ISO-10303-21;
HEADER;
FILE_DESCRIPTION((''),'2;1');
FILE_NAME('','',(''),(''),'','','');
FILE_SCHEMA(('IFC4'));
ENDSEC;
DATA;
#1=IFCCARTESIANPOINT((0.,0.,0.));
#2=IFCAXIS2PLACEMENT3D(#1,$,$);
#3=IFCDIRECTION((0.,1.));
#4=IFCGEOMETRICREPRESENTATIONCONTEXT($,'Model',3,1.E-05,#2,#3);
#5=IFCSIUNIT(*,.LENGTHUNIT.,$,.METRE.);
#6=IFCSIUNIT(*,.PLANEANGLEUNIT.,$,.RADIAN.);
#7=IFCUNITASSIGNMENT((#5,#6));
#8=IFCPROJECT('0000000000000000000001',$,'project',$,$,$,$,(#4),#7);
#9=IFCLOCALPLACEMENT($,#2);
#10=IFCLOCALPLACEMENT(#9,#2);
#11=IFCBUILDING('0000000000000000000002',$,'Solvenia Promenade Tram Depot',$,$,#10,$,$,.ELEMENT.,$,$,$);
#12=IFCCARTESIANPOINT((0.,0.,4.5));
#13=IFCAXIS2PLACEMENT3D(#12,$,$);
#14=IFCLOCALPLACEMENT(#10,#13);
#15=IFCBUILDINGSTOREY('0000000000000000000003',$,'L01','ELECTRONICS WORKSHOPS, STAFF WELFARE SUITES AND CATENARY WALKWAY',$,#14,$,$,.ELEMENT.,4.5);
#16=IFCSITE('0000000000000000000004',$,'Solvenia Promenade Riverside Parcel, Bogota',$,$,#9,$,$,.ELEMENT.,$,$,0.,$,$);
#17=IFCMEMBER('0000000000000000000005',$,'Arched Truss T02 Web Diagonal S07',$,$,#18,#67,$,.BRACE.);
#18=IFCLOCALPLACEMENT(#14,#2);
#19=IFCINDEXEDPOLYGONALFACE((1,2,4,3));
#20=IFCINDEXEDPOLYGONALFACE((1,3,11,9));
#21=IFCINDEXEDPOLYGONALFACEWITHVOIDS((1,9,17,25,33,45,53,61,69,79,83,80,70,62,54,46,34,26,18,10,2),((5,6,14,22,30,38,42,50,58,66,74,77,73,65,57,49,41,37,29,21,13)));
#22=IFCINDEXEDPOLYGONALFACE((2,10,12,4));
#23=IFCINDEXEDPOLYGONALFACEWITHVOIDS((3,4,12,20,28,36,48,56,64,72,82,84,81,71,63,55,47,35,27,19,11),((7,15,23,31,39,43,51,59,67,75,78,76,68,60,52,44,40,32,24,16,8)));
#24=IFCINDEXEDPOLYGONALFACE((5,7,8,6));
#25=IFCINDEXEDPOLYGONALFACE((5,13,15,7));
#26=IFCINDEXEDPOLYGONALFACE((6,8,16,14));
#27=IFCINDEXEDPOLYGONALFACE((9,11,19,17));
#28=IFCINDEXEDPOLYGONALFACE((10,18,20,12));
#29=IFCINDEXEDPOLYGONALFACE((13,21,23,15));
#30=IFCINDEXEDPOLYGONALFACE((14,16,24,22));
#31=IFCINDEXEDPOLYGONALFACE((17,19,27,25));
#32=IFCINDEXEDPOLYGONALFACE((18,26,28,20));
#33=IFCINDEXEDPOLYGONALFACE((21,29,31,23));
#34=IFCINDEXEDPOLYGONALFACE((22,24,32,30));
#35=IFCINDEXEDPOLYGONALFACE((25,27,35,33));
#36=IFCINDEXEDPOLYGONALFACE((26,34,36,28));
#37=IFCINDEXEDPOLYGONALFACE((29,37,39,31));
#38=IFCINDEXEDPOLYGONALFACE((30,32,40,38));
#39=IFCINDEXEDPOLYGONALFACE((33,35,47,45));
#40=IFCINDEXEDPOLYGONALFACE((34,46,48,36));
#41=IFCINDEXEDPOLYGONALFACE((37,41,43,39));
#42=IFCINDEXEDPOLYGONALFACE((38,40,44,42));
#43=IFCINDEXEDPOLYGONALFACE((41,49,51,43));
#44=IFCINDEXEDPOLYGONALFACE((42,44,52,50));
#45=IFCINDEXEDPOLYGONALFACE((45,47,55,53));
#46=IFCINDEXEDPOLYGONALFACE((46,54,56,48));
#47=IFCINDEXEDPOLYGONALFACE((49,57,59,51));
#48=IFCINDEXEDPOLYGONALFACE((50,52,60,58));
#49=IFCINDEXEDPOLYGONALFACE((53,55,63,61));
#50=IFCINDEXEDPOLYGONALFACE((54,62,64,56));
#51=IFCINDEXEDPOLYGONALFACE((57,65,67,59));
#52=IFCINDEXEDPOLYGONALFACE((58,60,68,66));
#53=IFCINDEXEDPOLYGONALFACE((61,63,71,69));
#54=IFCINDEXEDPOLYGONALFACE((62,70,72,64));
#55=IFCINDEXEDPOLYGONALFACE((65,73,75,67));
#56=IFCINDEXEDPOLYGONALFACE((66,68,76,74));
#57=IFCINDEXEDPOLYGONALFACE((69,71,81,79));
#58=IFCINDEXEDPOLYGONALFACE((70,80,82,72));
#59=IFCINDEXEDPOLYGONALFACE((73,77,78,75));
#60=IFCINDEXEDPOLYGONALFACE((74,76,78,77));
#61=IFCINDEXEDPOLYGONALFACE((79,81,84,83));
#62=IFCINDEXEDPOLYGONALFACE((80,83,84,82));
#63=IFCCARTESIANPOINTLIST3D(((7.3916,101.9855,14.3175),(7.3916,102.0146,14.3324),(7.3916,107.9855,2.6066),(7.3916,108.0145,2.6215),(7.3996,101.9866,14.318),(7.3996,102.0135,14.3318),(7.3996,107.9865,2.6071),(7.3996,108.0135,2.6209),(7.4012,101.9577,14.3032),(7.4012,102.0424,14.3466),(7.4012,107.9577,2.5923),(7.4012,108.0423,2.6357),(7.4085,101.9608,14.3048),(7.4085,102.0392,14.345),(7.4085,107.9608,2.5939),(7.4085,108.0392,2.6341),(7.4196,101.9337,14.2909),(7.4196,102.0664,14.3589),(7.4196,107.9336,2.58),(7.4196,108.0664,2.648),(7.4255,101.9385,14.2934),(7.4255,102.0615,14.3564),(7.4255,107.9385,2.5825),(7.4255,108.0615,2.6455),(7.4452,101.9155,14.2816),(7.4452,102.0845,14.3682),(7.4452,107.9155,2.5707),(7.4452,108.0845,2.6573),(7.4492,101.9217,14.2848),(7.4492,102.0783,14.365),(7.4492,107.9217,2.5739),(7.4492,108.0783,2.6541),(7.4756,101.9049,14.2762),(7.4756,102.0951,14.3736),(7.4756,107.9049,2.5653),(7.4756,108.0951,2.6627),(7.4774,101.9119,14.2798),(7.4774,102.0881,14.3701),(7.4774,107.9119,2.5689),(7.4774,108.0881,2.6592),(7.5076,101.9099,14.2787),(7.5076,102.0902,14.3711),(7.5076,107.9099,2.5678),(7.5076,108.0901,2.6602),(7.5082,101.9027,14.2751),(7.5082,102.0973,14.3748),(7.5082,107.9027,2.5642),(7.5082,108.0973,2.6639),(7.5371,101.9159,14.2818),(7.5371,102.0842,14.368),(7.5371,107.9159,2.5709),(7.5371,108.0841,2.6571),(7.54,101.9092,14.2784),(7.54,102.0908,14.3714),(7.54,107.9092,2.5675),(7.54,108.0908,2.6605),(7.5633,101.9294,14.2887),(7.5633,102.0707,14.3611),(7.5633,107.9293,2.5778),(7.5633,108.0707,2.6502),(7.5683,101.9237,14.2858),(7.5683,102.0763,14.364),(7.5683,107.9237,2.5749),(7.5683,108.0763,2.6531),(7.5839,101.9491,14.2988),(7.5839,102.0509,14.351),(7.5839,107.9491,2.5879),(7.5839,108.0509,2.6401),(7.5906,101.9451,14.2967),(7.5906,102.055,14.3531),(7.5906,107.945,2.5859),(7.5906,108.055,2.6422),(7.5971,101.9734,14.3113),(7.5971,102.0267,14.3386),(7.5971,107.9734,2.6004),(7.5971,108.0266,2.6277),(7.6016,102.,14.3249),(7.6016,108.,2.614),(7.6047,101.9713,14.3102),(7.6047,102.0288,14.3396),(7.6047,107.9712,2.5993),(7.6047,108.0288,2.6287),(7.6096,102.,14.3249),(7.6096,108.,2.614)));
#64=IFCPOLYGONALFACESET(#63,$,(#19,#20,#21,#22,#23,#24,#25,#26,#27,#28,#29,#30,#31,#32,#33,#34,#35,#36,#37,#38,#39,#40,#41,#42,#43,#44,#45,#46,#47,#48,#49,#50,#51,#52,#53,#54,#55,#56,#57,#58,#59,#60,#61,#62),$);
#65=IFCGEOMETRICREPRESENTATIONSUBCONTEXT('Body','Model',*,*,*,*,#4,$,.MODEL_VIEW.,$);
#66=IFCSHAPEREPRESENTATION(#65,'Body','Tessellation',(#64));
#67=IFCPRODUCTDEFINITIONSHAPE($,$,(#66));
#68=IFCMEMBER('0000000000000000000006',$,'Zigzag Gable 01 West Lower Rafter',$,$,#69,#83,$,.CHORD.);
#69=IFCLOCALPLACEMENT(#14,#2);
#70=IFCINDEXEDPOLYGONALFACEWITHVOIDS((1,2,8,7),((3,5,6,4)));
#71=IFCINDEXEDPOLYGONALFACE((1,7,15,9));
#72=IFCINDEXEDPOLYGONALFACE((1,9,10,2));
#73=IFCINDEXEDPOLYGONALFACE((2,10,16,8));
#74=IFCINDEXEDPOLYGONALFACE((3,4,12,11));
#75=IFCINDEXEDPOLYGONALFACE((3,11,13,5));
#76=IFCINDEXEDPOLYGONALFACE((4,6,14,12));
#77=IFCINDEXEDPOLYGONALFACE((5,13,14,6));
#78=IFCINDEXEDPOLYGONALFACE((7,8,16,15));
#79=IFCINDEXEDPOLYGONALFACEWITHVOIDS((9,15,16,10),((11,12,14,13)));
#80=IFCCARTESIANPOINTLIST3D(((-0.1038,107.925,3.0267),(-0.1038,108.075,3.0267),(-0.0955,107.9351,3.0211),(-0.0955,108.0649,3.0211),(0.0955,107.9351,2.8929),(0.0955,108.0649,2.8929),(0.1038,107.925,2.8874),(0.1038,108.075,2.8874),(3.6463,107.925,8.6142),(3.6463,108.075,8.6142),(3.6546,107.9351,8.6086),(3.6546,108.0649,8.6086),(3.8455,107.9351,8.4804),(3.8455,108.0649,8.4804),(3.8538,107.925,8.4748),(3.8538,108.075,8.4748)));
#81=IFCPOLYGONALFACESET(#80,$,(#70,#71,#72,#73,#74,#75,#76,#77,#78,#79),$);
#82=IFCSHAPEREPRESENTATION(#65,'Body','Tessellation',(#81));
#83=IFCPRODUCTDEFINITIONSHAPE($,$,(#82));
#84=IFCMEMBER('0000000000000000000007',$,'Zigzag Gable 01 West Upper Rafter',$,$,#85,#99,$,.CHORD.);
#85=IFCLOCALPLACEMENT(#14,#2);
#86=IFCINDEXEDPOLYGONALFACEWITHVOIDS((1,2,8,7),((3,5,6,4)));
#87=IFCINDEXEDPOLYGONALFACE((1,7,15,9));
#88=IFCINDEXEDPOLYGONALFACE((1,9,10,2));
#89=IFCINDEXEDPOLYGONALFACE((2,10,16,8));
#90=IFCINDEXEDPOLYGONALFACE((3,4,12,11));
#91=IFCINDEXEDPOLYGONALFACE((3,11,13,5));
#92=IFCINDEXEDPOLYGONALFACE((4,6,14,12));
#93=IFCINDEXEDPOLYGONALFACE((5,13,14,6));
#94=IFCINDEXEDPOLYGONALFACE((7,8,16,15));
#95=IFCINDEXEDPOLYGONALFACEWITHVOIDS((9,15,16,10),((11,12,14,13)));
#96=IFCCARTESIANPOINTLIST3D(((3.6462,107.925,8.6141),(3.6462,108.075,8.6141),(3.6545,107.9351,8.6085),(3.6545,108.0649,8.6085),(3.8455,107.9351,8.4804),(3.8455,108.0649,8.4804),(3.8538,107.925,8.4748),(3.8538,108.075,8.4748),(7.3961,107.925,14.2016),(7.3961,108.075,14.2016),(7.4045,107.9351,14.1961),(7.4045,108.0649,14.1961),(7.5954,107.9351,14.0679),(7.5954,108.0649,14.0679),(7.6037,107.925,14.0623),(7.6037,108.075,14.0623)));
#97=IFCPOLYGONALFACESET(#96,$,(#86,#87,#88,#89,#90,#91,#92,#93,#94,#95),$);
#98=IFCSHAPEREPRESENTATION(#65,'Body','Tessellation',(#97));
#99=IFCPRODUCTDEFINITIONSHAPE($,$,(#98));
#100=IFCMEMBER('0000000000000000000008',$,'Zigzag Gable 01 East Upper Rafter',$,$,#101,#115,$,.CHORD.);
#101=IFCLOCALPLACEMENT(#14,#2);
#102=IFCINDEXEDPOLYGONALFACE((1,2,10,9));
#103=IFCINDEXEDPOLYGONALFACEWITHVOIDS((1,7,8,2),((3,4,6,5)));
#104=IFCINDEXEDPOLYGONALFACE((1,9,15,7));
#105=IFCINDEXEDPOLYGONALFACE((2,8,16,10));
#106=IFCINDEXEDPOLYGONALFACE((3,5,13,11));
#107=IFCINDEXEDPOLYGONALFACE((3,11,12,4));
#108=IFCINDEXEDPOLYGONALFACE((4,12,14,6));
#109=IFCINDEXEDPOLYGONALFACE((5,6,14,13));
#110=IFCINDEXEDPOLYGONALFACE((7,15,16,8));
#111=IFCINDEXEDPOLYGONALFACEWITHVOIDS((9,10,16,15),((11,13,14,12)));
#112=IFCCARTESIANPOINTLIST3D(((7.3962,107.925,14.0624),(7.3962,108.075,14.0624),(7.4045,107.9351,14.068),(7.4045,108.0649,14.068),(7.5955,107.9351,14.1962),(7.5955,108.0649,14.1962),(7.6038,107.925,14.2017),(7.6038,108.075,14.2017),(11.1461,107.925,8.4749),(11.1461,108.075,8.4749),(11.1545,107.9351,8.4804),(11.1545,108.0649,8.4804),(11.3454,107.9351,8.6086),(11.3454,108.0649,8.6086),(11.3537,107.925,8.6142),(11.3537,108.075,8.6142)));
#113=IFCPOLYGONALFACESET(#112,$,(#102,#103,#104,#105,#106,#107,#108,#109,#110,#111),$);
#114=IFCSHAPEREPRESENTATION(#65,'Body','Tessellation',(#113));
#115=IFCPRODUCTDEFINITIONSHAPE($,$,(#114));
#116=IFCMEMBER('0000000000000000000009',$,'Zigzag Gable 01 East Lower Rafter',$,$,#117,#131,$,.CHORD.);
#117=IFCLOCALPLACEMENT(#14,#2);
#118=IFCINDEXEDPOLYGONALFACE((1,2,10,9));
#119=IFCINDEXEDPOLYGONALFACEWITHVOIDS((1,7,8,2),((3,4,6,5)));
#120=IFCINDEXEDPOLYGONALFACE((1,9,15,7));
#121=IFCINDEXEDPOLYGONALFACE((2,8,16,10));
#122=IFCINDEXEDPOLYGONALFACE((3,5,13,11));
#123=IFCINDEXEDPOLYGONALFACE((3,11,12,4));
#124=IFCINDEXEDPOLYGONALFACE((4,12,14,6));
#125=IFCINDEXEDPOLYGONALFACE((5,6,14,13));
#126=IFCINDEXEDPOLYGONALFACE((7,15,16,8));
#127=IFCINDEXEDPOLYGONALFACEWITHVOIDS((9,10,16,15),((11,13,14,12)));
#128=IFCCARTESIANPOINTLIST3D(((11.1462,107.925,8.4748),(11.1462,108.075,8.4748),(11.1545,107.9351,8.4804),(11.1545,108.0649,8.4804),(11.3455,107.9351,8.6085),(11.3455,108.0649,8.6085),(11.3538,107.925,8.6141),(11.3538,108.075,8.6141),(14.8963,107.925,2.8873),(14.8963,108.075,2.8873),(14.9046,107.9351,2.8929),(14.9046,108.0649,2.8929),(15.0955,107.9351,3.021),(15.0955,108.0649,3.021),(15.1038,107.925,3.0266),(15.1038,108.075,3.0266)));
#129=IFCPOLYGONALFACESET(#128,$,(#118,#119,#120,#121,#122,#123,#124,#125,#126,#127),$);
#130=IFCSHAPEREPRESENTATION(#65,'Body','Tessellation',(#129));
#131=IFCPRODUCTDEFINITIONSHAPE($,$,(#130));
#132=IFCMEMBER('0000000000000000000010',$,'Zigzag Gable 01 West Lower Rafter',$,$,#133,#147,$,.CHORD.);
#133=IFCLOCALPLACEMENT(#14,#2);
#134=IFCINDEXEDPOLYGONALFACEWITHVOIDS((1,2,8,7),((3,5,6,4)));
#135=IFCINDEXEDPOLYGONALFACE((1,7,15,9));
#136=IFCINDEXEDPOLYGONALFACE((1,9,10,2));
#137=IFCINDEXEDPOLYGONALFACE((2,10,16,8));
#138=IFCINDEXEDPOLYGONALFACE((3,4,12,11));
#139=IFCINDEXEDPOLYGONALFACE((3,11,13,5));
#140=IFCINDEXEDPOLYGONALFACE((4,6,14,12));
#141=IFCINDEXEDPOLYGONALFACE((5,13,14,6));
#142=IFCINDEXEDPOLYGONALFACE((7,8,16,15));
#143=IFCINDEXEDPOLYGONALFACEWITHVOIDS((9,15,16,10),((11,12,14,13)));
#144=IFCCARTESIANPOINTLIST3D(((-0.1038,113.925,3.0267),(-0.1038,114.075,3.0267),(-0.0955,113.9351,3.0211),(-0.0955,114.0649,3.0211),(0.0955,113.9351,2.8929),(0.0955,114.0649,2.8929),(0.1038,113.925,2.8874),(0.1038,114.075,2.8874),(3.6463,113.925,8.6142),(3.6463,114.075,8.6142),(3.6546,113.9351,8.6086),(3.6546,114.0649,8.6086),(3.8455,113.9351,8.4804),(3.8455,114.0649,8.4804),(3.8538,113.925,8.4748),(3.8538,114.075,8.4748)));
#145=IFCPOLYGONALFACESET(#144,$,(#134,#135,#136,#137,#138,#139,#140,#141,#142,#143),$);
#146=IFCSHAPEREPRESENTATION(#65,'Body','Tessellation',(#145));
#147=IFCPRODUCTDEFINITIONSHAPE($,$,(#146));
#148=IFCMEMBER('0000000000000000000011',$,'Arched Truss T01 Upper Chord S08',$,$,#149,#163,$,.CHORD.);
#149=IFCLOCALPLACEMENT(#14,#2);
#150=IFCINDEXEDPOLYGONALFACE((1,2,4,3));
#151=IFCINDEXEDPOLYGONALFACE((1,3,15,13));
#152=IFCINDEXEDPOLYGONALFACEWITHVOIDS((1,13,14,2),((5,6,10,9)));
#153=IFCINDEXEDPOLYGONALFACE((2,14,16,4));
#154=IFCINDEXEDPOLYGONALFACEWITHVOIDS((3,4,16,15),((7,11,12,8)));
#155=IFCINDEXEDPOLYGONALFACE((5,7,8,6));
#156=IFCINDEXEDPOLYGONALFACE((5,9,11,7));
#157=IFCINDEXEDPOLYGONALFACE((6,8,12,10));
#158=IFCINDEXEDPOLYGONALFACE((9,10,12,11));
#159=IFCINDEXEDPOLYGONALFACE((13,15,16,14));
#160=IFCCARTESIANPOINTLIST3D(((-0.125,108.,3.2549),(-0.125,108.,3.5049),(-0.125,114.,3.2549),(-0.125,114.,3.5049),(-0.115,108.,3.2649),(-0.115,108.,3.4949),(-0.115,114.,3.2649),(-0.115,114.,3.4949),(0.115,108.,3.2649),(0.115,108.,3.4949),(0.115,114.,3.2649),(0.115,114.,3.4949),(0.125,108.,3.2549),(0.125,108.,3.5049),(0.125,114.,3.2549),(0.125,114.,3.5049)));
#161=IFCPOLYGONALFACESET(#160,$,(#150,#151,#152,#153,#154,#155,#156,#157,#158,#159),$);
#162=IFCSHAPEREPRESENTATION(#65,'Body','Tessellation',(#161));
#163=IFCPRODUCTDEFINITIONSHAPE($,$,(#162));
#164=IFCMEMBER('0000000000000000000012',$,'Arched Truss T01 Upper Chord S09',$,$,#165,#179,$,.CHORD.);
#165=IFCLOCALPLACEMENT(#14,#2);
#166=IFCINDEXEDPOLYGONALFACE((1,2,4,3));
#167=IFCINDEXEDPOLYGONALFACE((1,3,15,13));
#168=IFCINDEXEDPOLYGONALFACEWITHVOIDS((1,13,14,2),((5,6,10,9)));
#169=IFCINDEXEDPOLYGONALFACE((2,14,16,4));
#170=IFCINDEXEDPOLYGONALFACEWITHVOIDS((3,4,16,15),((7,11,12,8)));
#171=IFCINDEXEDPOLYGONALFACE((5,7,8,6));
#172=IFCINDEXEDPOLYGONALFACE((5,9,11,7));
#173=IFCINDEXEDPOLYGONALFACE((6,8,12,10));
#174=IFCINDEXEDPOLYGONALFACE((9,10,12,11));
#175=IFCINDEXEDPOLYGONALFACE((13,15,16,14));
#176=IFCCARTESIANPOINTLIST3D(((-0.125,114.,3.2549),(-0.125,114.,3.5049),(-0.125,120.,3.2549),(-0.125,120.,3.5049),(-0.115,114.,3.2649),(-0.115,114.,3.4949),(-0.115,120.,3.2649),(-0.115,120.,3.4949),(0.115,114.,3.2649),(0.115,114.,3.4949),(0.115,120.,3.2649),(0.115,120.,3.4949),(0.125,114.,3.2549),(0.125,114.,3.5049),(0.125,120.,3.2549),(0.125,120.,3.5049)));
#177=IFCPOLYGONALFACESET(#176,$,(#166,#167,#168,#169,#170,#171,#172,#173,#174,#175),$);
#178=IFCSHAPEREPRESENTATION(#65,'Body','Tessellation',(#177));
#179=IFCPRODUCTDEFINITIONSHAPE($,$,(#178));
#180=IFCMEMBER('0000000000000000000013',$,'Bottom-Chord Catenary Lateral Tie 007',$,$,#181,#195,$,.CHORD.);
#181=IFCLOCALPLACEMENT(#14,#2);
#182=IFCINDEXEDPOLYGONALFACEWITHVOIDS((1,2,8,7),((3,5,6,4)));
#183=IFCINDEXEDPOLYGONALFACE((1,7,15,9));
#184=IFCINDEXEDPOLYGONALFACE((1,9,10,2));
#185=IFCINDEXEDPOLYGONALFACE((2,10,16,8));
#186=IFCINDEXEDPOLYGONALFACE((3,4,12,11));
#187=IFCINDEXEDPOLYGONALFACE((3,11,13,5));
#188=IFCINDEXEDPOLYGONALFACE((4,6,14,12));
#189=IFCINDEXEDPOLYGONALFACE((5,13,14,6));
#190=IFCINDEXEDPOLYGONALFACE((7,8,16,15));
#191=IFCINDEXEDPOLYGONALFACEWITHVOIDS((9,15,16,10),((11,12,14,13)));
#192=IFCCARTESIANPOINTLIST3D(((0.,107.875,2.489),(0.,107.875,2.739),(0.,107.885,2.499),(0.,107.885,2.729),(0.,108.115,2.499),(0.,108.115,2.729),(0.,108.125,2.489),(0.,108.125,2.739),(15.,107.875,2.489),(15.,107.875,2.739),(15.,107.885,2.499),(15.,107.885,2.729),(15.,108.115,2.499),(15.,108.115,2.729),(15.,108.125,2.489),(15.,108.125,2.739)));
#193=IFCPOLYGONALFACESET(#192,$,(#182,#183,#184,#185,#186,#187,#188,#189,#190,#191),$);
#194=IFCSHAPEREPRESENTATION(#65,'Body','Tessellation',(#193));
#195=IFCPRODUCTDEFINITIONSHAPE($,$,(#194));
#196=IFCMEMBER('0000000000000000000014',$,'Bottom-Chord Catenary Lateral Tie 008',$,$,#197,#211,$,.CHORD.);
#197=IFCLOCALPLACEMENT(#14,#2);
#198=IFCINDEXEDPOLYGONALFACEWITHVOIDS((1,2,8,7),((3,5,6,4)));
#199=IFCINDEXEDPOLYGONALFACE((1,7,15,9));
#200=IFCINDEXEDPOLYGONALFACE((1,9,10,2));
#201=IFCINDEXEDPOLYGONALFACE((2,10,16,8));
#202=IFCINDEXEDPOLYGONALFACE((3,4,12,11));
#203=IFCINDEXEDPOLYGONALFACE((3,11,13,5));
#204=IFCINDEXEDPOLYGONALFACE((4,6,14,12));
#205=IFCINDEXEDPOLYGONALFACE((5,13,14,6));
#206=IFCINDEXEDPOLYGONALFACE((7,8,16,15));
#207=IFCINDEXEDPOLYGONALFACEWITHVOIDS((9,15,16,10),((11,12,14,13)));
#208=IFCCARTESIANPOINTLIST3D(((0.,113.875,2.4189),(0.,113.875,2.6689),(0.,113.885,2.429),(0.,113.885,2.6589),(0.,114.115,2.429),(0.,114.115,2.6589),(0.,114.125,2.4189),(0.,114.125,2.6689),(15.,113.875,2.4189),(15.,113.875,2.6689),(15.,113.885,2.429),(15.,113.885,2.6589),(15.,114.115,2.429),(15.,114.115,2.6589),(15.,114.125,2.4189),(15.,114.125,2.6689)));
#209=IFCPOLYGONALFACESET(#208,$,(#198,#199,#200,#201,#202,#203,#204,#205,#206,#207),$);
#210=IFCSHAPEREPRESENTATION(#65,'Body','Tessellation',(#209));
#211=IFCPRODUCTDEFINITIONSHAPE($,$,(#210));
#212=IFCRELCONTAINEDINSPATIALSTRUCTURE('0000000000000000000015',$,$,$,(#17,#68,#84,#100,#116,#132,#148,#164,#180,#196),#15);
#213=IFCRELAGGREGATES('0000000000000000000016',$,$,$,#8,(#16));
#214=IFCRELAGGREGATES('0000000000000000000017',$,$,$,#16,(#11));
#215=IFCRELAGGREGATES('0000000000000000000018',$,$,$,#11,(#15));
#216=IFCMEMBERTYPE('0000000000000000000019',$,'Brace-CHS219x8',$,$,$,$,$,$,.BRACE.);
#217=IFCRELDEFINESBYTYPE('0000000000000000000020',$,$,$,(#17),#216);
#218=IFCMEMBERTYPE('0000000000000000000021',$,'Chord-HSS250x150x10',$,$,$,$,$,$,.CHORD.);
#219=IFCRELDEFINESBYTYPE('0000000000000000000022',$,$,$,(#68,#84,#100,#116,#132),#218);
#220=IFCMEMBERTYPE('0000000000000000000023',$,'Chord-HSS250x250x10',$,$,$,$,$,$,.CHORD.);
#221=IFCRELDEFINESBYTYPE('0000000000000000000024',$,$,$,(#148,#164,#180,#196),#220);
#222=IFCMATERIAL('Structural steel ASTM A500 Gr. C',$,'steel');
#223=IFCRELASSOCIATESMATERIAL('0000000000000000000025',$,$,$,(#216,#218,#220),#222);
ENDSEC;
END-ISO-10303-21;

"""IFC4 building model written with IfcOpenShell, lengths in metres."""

from ifc_helpers import new_model, si_unit, direction, frame, origin, origin_2d, place, context, subcontext, project, spatial, hollow_rectangle, hollow_circle, extrude, material, material_profile, profile_set, type_object, element, save


model = new_model("IFC4")

# Units and contexts
model_context = context("Model", 3, precision=1e-05, world=origin(), true_north=direction((0.0, 1.0)))
body_context = subcontext(model_context, "Body", "Model", "MODEL_VIEW")
ifc_project = project(units=[si_unit("LENGTHUNIT", "METRE"), si_unit("PLANEANGLEUNIT", "RADIAN")], contexts=[model_context])

# Site, building, storey
site_placement = place(None, origin())
site = spatial("IfcSite", under=ifc_project, at=site_placement, Name="Solvenia Promenade Riverside Parcel, Bogota", CompositionType="ELEMENT", RefElevation=0.0)
building_placement = place(site_placement, origin())
building = spatial("IfcBuilding", under=site, at=building_placement, Name="Solvenia Promenade Tram Depot", CompositionType="ELEMENT")
storey_placement = place(building_placement, frame((0.0, 0.0, 4.5)))
storey = spatial("IfcBuildingStorey", under=building, at=storey_placement, Name="L01", Description="ELECTRONICS WORKSHOPS, STAFF WELFARE SUITES AND CATENARY WALKWAY", CompositionType="ELEMENT", Elevation=4.5)

# Members
ifc_material_1 = material(Name="Structural steel ASTM A500 Gr. C", Category="steel")
ifc_material_profile_1 = material_profile(ifc_material_1, hollow_circle(Radius=0.1096, WallThickness=0.0081, at=origin_2d()), Name="CHS219.1x8", Category="steel")
ifc_profile_set_1 = profile_set([ifc_material_profile_1], Name="Structural steel ASTM A500 Gr. C")
member_type_1 = type_object("IfcMemberType", Name="Brace-CHS219x8", PredefinedType="BRACE", material=ifc_profile_set_1)
member_1_placement = place(storey_placement, frame((7.5, 108.0, 2.614), z_axis=(0.0, -0.455979, 0.88999), x_axis=(1.0, 0.0, 0.0)))
element("IfcMember", 1, at=member_1_placement, inside=storey, type_object=member_type_1, Name="Arched Truss T02 Web Diagonal S07", PredefinedType="BRACE", context=body_context, shape_type="SweptSolid", body=[
    extrude(hollow_circle(Radius=0.1096, WallThickness=0.0081, at=origin_2d()), origin(), (0.0, 0.0, 1.0), 13.1584),
])
ifc_material_profile_2 = material_profile(ifc_material_1, hollow_rectangle(XDim=0.1499, YDim=0.25, WallThickness=0.01, at=origin_2d()), Name="HSS250x150x10", Category="steel")
ifc_profile_set_2 = profile_set([ifc_material_profile_2], Name="Structural steel ASTM A500 Gr. C")
member_type_2 = type_object("IfcMemberType", Name="Chord-HSS250x150x10", PredefinedType="CHORD", material=ifc_profile_set_2)
for number, where, z_axis, x_axis, name in (
    (2, (0.0, 108.0, 2.957), (0.557276, 0.0, 0.830327), (0.0, 1.0, 0.0), "Zigzag Gable 01 West Lower Rafter"),
    (3, (3.75, 108.0, 8.5444), (0.557259, 0.0, 0.830338), (0.0, 1.0, 0.0), "Zigzag Gable 01 West Upper Rafter"),
    (4, (7.5, 108.0, 14.1321), (0.557259, 0.0, -0.830338), (0.0, 1.0, 0.0), "Zigzag Gable 01 East Upper Rafter"),
    (5, (11.25, 108.0, 8.5444), (0.557276, 0.0, -0.830327), (0.0, 1.0, 0.0), "Zigzag Gable 01 East Lower Rafter"),
    (6, (0.0, 114.0, 2.957), (0.557276, 0.0, 0.830327), (0.0, 1.0, 0.0), "Zigzag Gable 01 West Lower Rafter"),
):
    element("IfcMember", number, at=place(storey_placement, frame(where, z_axis=z_axis, x_axis=x_axis)), inside=storey, type_object=member_type_2, Name=name, PredefinedType="CHORD", context=body_context, shape_type="SweptSolid", body=[
        extrude(hollow_rectangle(XDim=0.1499, YDim=0.25, WallThickness=0.01, at=origin_2d()), origin(), (0.0, 0.0, 1.0), 6.7292),
    ])
ifc_material_profile_3 = material_profile(ifc_material_1, hollow_rectangle(XDim=0.25, YDim=0.25, WallThickness=0.01, at=origin_2d()), Name="HSS250x250x10", Category="steel")
ifc_profile_set_3 = profile_set([ifc_material_profile_3], Name="Structural steel ASTM A500 Gr. C")
member_type_3 = type_object("IfcMemberType", Name="Chord-HSS250x250x10", PredefinedType="CHORD", material=ifc_profile_set_3)
for number, where, z_axis, x_axis, name in (
    (7, (0.0, 108.0, 3.3799), (0.0, 1.0, 0.0), (-1.0, 0.0, 0.0), "Arched Truss T01 Upper Chord S08"),
    (8, (0.0, 114.0, 3.3799), (0.0, 1.0, 0.0), (-1.0, 0.0, 0.0), "Arched Truss T01 Upper Chord S09"),
):
    element("IfcMember", number, at=place(storey_placement, frame(where, z_axis=z_axis, x_axis=x_axis)), inside=storey, type_object=member_type_3, Name=name, PredefinedType="CHORD", context=body_context, shape_type="SweptSolid", body=[
        extrude(hollow_rectangle(XDim=0.25, YDim=0.25, WallThickness=0.01, at=origin_2d()), origin(), (0.0, 0.0, 1.0), 6.0),
    ])
for number, where, z_axis, x_axis, name in (
    (9, (0.0, 108.0, 2.614), (1.0, 0.0, 0.0), (0.0, 1.0, 0.0), "Bottom-Chord Catenary Lateral Tie 007"),
    (10, (0.0, 114.0, 2.5439), (1.0, 0.0, 0.0), (0.0, 1.0, 0.0), "Bottom-Chord Catenary Lateral Tie 008"),
):
    element("IfcMember", number, at=place(storey_placement, frame(where, z_axis=z_axis, x_axis=x_axis)), inside=storey, type_object=member_type_3, Name=name, PredefinedType="CHORD", context=body_context, shape_type="SweptSolid", body=[
        extrude(hollow_rectangle(XDim=0.25, YDim=0.25, WallThickness=0.01, at=origin_2d()), origin(), (0.0, 0.0, 1.0), 15.0),
    ])

save(model, "model.ifc")
